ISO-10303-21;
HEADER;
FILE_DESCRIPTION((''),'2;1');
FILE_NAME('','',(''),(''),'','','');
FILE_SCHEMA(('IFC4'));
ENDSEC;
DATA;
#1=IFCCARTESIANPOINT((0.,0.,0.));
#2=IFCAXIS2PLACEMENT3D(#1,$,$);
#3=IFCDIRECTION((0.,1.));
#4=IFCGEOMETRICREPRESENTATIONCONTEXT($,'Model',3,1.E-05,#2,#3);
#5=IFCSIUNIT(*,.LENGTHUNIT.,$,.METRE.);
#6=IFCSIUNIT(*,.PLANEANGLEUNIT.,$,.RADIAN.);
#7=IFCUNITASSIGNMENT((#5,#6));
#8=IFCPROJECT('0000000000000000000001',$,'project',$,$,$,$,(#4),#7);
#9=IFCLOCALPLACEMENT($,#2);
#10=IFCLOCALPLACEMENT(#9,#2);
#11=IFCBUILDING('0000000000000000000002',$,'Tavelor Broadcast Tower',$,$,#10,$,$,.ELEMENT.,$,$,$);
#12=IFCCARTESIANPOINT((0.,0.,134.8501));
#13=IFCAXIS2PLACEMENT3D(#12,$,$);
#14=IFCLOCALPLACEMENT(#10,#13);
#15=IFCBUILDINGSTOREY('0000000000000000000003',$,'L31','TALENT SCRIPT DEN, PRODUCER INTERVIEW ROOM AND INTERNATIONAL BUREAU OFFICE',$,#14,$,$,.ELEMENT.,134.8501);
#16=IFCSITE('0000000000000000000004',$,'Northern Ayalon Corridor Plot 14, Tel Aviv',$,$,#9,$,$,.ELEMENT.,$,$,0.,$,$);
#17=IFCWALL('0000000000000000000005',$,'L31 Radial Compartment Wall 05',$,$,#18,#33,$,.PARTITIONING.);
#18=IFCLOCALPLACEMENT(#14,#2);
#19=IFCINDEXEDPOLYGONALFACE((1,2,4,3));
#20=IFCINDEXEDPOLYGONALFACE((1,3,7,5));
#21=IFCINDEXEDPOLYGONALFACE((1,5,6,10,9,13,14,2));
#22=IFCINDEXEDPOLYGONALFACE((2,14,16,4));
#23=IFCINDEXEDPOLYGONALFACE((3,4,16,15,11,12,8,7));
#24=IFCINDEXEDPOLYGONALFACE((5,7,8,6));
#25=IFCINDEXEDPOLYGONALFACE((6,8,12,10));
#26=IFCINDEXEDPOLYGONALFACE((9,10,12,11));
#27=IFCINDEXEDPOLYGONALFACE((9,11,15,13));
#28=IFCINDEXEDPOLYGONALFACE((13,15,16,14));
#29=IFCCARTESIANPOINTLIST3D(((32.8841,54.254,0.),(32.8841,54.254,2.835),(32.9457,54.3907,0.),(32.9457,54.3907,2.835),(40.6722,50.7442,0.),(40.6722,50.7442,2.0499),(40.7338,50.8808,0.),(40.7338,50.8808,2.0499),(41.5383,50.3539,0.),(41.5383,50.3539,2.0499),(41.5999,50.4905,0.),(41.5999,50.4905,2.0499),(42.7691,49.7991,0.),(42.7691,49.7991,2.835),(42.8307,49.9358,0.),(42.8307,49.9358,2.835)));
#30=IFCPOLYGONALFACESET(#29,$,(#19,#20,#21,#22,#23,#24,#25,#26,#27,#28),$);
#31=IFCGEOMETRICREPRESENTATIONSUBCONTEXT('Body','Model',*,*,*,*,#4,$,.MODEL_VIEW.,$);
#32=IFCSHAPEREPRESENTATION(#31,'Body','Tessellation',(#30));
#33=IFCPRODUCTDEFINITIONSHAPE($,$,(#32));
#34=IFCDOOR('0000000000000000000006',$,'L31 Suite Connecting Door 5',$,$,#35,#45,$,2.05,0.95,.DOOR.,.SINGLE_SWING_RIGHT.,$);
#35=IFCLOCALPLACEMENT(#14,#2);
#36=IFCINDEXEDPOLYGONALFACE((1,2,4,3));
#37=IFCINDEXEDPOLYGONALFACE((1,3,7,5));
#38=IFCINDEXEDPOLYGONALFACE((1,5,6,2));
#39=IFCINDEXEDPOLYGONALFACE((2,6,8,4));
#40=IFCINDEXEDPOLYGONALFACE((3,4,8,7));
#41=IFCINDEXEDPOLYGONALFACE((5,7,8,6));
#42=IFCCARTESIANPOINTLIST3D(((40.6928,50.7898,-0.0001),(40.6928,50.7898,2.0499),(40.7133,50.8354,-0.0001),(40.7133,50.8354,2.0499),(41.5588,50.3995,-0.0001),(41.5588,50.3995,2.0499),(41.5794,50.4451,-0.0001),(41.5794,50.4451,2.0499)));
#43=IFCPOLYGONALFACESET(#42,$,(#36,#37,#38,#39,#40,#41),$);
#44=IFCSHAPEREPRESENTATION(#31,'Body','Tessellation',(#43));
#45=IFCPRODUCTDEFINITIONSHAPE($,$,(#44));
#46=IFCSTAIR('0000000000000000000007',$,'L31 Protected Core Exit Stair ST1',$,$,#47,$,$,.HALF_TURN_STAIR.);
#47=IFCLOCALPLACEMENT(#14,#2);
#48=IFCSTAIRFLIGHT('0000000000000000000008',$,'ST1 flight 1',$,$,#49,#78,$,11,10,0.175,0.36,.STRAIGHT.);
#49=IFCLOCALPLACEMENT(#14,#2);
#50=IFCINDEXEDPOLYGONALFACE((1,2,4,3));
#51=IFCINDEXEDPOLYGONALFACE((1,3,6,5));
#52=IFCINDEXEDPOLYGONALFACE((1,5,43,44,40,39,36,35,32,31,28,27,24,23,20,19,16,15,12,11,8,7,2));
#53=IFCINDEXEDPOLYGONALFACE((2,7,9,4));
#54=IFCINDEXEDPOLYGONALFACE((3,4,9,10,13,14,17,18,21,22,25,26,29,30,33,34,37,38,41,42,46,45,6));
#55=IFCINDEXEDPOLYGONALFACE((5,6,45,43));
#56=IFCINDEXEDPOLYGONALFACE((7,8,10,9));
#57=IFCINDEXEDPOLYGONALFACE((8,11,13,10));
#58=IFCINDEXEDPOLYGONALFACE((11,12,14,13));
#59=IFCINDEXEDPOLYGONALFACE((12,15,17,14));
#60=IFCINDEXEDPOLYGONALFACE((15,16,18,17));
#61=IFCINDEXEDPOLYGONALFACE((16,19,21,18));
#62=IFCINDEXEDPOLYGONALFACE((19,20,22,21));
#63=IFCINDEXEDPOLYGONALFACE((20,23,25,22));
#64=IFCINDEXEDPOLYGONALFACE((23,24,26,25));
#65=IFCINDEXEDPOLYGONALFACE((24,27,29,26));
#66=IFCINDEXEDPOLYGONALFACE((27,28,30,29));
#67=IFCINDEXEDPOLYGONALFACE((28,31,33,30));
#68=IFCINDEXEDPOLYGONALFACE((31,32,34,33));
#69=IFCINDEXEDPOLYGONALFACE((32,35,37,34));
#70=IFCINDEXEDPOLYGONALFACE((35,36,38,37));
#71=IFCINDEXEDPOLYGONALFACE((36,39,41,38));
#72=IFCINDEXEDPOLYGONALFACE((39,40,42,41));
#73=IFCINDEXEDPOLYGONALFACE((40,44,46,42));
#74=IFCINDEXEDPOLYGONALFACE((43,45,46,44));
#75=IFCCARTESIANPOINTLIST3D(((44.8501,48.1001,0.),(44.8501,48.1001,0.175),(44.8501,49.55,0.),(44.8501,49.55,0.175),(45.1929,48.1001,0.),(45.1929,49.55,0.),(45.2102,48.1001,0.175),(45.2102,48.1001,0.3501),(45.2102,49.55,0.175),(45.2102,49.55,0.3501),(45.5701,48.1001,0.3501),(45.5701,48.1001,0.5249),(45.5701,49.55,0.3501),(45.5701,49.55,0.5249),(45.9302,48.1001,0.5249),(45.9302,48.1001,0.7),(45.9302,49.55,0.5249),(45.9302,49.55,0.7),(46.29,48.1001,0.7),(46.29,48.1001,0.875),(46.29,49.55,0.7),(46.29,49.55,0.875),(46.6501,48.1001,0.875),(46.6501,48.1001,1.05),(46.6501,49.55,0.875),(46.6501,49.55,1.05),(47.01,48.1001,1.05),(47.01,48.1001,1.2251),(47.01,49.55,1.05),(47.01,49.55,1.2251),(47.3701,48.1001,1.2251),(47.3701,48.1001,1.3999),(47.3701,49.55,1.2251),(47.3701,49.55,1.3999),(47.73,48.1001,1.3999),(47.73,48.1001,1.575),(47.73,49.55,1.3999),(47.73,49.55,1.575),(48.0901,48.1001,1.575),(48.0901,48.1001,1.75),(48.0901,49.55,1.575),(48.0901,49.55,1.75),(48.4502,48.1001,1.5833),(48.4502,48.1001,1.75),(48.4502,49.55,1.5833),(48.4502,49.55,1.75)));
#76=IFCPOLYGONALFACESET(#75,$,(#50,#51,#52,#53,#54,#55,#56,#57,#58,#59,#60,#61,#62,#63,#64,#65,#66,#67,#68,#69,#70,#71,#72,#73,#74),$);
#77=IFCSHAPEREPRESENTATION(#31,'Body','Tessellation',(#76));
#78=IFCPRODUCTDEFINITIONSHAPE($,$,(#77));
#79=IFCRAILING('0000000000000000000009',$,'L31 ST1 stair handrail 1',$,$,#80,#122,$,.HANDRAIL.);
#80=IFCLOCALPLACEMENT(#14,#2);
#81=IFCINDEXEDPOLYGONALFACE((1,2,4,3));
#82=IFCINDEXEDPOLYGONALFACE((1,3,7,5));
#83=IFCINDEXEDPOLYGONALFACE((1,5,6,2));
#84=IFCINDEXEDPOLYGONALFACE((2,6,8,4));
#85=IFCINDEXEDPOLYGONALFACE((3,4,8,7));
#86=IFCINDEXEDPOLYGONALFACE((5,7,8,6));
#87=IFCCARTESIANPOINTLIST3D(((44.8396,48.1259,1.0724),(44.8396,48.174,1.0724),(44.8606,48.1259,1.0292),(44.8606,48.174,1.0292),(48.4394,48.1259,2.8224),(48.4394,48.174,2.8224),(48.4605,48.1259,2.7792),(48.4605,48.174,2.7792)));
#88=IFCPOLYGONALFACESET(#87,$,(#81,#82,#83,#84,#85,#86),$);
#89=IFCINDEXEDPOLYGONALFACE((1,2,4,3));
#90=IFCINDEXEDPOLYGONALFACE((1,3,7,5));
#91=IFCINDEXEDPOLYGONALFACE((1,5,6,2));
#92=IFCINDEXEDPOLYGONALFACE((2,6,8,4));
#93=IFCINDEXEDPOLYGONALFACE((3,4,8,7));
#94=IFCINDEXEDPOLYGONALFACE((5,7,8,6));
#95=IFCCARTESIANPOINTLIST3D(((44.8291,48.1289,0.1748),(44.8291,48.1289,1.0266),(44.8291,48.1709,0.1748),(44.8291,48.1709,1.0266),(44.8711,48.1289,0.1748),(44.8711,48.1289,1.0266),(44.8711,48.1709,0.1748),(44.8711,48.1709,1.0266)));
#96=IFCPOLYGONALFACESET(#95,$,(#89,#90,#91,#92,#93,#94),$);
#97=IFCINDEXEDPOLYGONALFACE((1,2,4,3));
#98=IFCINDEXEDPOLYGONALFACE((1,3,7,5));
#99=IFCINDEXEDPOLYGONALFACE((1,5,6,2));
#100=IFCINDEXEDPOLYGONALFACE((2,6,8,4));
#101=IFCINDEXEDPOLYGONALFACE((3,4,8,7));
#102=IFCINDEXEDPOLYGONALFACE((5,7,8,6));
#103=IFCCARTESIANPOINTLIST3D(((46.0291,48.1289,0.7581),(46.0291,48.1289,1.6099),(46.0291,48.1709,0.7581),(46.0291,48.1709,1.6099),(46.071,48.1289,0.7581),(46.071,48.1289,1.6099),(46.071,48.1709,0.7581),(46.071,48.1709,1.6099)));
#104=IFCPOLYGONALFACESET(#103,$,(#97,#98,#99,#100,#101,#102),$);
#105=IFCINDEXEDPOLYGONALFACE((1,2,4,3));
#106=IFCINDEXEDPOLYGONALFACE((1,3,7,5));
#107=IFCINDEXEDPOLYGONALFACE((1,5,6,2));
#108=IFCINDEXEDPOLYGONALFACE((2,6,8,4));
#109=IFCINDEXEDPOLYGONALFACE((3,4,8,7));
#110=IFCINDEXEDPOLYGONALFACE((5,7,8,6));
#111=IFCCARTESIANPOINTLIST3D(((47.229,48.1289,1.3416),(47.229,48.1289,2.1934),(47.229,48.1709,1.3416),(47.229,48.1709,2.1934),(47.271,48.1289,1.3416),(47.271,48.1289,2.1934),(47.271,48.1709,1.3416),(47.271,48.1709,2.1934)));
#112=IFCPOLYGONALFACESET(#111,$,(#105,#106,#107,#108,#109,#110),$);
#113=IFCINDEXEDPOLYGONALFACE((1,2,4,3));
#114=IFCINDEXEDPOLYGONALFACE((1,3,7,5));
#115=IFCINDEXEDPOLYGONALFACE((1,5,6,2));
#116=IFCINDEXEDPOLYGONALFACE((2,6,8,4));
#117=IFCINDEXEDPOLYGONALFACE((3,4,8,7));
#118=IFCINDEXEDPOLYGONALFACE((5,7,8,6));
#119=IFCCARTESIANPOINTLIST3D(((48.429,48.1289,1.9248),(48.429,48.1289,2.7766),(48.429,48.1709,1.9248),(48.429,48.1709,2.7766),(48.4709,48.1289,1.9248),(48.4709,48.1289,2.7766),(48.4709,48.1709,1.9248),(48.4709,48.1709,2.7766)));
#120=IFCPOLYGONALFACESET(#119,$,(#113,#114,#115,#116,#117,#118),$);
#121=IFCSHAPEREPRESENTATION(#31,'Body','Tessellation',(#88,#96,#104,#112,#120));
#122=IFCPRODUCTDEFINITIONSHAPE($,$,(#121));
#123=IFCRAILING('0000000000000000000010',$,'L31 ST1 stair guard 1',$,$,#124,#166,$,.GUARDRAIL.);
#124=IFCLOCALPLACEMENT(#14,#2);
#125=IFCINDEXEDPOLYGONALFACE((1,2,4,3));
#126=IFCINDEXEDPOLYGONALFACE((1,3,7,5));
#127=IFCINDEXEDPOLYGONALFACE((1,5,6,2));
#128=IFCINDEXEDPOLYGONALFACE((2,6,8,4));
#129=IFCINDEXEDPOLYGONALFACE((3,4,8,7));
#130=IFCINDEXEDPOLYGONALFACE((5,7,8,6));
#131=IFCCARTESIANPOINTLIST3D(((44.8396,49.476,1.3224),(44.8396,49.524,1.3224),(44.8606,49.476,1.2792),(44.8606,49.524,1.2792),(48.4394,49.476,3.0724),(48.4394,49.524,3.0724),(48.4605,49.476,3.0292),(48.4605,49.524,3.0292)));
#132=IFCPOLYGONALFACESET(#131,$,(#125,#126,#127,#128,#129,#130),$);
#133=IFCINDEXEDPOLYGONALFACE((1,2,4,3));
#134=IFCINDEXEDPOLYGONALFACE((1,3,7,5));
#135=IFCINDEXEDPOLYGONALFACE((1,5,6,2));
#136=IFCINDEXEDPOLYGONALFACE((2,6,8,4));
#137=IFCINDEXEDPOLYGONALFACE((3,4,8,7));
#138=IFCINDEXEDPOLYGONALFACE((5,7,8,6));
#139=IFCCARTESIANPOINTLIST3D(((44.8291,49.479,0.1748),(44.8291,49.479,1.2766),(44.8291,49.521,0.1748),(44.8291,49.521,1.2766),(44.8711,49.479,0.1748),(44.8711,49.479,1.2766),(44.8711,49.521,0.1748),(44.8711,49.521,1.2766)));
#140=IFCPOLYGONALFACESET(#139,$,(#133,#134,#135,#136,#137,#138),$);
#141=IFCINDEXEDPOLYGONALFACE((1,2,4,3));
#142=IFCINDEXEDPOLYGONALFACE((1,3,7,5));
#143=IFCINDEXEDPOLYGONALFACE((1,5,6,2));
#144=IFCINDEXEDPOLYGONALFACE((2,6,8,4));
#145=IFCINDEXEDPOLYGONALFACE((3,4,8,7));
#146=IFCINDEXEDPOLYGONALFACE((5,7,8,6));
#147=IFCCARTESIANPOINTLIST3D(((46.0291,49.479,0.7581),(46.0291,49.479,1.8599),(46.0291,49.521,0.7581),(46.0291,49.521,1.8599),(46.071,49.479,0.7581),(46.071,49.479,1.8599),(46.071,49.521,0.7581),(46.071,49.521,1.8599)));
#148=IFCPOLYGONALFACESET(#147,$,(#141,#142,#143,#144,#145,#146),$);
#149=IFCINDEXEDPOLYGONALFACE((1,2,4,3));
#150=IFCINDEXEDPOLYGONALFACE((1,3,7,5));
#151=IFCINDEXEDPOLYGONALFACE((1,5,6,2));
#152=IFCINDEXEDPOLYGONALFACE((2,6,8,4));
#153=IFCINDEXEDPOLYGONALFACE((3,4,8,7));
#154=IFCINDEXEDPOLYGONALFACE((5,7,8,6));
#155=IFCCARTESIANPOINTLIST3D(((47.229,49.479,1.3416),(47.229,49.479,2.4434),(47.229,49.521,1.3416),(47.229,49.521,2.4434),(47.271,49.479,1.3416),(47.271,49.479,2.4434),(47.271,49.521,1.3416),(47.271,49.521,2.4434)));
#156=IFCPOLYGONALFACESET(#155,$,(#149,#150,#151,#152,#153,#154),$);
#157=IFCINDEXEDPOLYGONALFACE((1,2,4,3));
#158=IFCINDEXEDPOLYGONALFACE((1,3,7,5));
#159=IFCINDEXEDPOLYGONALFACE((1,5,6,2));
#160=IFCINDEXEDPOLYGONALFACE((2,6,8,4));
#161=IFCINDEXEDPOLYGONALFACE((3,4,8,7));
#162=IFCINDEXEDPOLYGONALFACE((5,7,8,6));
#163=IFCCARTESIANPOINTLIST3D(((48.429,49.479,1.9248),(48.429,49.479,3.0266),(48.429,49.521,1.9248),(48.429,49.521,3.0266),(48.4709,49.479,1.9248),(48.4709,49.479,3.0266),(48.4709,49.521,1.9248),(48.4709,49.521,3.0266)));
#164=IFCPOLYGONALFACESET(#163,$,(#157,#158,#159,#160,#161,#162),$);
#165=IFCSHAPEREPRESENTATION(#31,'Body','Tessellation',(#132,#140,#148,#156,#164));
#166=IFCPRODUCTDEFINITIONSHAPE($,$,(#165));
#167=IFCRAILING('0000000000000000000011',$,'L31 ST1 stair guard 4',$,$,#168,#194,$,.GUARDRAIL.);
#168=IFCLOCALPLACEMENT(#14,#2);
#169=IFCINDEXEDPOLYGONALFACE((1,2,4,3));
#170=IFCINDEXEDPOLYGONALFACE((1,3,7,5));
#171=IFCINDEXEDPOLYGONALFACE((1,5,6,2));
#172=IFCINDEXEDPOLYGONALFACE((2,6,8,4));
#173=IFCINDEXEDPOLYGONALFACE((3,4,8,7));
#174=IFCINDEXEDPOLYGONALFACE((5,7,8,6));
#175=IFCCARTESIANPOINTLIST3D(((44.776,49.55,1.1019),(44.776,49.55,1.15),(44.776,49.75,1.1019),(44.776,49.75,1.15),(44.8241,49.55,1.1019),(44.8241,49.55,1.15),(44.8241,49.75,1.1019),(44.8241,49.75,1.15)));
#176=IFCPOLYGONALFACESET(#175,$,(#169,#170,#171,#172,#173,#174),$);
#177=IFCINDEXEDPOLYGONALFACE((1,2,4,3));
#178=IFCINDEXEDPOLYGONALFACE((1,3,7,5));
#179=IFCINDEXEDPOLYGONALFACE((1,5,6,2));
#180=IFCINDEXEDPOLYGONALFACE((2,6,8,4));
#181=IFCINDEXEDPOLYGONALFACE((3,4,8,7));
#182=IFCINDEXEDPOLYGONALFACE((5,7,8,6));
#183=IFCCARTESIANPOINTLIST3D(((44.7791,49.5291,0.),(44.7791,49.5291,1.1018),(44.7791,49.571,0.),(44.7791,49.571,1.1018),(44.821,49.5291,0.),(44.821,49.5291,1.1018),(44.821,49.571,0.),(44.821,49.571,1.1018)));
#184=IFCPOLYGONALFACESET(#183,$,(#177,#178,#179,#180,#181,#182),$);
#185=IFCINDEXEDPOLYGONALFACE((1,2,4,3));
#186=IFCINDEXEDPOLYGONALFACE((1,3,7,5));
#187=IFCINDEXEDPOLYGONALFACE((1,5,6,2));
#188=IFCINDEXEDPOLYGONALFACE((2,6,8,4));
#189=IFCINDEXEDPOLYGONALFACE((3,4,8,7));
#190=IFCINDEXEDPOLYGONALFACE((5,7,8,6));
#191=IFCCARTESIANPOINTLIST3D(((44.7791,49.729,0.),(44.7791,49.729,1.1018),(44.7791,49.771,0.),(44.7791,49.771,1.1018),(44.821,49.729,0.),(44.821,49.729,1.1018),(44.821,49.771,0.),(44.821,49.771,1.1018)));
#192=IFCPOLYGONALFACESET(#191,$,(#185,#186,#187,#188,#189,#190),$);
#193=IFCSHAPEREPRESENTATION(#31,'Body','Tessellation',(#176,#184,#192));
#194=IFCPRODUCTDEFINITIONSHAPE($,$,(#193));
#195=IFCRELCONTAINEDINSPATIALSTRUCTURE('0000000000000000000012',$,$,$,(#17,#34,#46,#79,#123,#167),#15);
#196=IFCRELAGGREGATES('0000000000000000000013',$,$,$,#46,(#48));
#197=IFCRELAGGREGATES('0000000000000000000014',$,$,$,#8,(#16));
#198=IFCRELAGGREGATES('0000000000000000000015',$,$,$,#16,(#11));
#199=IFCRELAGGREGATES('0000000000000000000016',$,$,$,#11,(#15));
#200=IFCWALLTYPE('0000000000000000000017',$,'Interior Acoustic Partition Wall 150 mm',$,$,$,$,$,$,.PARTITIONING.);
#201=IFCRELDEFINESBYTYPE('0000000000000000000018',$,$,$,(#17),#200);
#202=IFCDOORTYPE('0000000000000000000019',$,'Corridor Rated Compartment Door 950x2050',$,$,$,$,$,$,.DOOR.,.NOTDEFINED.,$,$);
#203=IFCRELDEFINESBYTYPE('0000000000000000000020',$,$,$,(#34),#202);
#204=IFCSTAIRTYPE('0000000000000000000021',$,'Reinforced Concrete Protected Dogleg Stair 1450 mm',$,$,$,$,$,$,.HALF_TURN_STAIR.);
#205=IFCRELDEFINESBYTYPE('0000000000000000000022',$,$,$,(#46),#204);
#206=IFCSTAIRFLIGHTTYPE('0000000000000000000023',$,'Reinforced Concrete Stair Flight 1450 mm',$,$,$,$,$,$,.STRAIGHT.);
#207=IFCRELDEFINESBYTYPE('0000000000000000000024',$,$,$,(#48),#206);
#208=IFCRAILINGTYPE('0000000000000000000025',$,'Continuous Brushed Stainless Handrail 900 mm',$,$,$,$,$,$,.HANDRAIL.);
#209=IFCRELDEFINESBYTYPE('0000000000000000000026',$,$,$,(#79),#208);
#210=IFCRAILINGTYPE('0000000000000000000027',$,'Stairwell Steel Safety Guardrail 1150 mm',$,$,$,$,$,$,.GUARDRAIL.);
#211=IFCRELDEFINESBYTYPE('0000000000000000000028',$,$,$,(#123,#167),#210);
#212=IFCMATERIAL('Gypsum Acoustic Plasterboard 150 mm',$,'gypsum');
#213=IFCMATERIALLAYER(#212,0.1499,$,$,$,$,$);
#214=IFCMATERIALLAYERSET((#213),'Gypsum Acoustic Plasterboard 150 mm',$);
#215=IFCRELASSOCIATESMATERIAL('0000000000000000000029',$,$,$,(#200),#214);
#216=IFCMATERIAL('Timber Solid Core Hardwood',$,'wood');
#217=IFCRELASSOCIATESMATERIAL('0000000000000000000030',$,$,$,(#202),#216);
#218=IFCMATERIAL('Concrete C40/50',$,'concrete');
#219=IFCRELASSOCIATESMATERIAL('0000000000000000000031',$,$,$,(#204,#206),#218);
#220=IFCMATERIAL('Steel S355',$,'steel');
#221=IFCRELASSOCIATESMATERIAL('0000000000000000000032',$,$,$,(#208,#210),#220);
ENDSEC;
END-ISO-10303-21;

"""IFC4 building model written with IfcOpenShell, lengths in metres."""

from ifc_helpers import new_model, si_unit, direction, frame, frame_2d, origin, origin_2d, place, context, subcontext, project, spatial, polyline, rectangle, outline, extrude, material, layer, layer_set, type_object, element, fill, aggregate, save


model = new_model("IFC4")

# Units and contexts
model_context = context("Model", 3, precision=1e-05, world=origin(), true_north=direction((0.0, 1.0)))
body_context = subcontext(model_context, "Body", "Model", "MODEL_VIEW")
ifc_project = project(units=[si_unit("LENGTHUNIT", "METRE"), si_unit("PLANEANGLEUNIT", "RADIAN")], contexts=[model_context])

# Site, building, storey
site_placement = place(None, origin())
site = spatial("IfcSite", under=ifc_project, at=site_placement, Name="Northern Ayalon Corridor Plot 14, Tel Aviv", CompositionType="ELEMENT", RefElevation=0.0)
building_placement = place(site_placement, origin())
building = spatial("IfcBuilding", under=site, at=building_placement, Name="Tavelor Broadcast Tower", CompositionType="ELEMENT")
storey_placement = place(building_placement, frame((0.0, 0.0, 134.8501)))
storey = spatial("IfcBuildingStorey", under=building, at=storey_placement, Name="L31", Description="TALENT SCRIPT DEN, PRODUCER INTERVIEW ROOM AND INTERNATIONAL BUREAU OFFICE", CompositionType="ELEMENT", Elevation=134.8501)

# Shared definitions
ifc_material_1 = material(Name="Steel S355", Category="steel")

# Shared definitions
ifc_material_2 = material(Name="Gypsum Acoustic Plasterboard 150 mm", Category="gypsum")
ifc_layer_1 = layer(ifc_material_2, 0.1499)
ifc_layer_set_1 = layer_set([ifc_layer_1], Name="Gypsum Acoustic Plasterboard 150 mm")
wall_type_1 = type_object("IfcWallType", Name="Interior Acoustic Partition Wall 150 mm", PredefinedType="PARTITIONING", material=ifc_layer_set_1)

# Wall, opening, door
wall_1_placement = place(storey_placement, frame((42.8, 49.8674, 0.0), z_axis=(0.0, 0.0, 1.0), x_axis=(-0.911694, 0.410869, 0.0)))
wall_1 = element("IfcWall", 1, at=wall_1_placement, inside=storey, type_object=wall_type_1, Name="L31 Radial Compartment Wall 05", PredefinedType="PARTITIONING", context=body_context, shape_type="SweptSolid", body=[
    extrude(rectangle(XDim=10.8425, YDim=0.1499, at=frame_2d((5.4214, 0.0))), origin(), (0.0, 0.0, 1.0), 2.835),
])
opening_1_placement = place(wall_1_placement, frame((1.3501, 0.0, 0.0)))
opening_1 = element("IfcOpeningElement", 2, at=opening_1_placement, cuts=wall_1, PredefinedType="OPENING", context=body_context, shape_type="SweptSolid", body=[
    extrude(rectangle(XDim=0.95, YDim=2.05, at=frame_2d((0.4751, 1.0249))), frame((0.0, 0.085, 0.0), z_axis=(0.0, -1.0, 0.0), x_axis=(1.0, 0.0, 0.0)), (0.0, 0.0, 1.0), 0.1699),
])
ifc_material_3 = material(Name="Timber Solid Core Hardwood", Category="wood")
door_type_1 = type_object("IfcDoorType", Name="Corridor Rated Compartment Door 950x2050", OperationType="NOTDEFINED", PredefinedType="DOOR", material=ifc_material_3)
door_1_placement = place(opening_1_placement, origin())
door_1 = element("IfcDoor", 3, at=door_1_placement, inside=storey, type_object=door_type_1, Name="L31 Suite Connecting Door 5", OperationType="SINGLE_SWING_RIGHT", OverallHeight=2.05, OverallWidth=0.95, PredefinedType="DOOR", context=body_context, shape_type="SweptSolid", body=[
    extrude(rectangle(XDim=0.95, YDim=2.05, at=frame_2d((0.4751, 1.0249))), frame((0.0, 0.0249, 0.0), z_axis=(0.0, -1.0, 0.0), x_axis=(1.0, 0.0, 0.0)), (0.0, 0.0, 1.0), 0.05),
])
fill(opening_1, door_1)

# Stair, stair flight
ifc_material_4 = material(Name="Concrete C40/50", Category="concrete")
stair_type = type_object("IfcStairType", Name="Reinforced Concrete Protected Dogleg Stair 1450 mm", PredefinedType="HALF_TURN_STAIR", material=ifc_material_4)
stair_placement = place(storey_placement, origin())
stair = element("IfcStair", 4, at=stair_placement, inside=storey, type_object=stair_type, Name="L31 Protected Core Exit Stair ST1", PredefinedType="HALF_TURN_STAIR")
stair_flight_type = type_object("IfcStairFlightType", Name="Reinforced Concrete Stair Flight 1450 mm", PredefinedType="STRAIGHT", material=ifc_material_4)
stair_flight_placement = place(storey_placement, frame((44.8501, 48.825, 0.0), z_axis=(0.0, 0.0, 1.0), x_axis=(1.0, 0.0, 0.0)))
stair_flight = element("IfcStairFlight", 5, at=stair_flight_placement, type_object=stair_flight_type, Name="ST1 flight 1", NumberOfRisers=11, NumberOfTreads=10, PredefinedType="STRAIGHT", RiserHeight=0.175, TreadLength=0.36, context=body_context, shape_type="SweptSolid", body=[
    extrude(outline(polyline([(0.0, 0.0), (0.0, 0.175), (0.3601, 0.175), (0.3601, 0.3501), (0.72, 0.3501), (0.72, 0.5249), (1.0801, 0.5249), (1.0801, 0.7), (1.4399, 0.7), (1.4399, 0.875), (1.8, 0.875), (1.8, 1.05), (2.1599, 1.05), (2.1599, 1.2251), (2.52, 1.2251), (2.52, 1.3999), (2.8799, 1.3999), (2.8799, 1.575), (3.24, 1.575), (3.24, 1.75), (3.6001, 1.75), (3.6001, 1.925), (3.6001, 1.5833), (0.3428, 0.0), (0.0, 0.0)])), frame((0.0, 0.7251, 0.0), z_axis=(0.0, -1.0, 0.0), x_axis=(1.0, 0.0, 0.0)), (0.0, 0.0, 1.0), 1.45),
])
aggregate(stair, [stair_flight])

# Railings
railing_type_1 = type_object("IfcRailingType", Name="Continuous Brushed Stainless Handrail 900 mm", PredefinedType="HANDRAIL", material=ifc_material_1)
railing_1_placement = place(storey_placement, frame((44.8501, 48.1499, 0.1748)))
element("IfcRailing", 6, at=railing_1_placement, inside=storey, type_object=railing_type_1, Name="L31 ST1 stair handrail 1", PredefinedType="HANDRAIL", context=body_context, shape_type="SweptSolid", body=[
    extrude(rectangle(XDim=0.0481, YDim=0.0481, at=origin_2d()), frame((0.0, 0.0, 0.876), z_axis=(0.899361, 0.0, 0.437207), x_axis=(0.0, 1.0, 0.0)), (0.0, 0.0, 1.0), 4.0027),
    extrude(rectangle(XDim=0.042, YDim=0.042, at=origin_2d()), origin(), (0.0, 0.0, 1.0), 0.8518),
    extrude(rectangle(XDim=0.042, YDim=0.042, at=origin_2d()), frame((1.2, 0.0, 0.5833)), (0.0, 0.0, 1.0), 0.8518),
    extrude(rectangle(XDim=0.042, YDim=0.042, at=origin_2d()), frame((2.3999, 0.0, 1.1667)), (0.0, 0.0, 1.0), 0.8518),
    extrude(rectangle(XDim=0.042, YDim=0.042, at=origin_2d()), frame((3.5999, 0.0, 1.75)), (0.0, 0.0, 1.0), 0.8518),
])
railing_type_2 = type_object("IfcRailingType", Name="Stairwell Steel Safety Guardrail 1150 mm", PredefinedType="GUARDRAIL", material=ifc_material_1)
railing_2_placement = place(storey_placement, frame((44.8501, 49.5, 0.1748)))
element("IfcRailing", 7, at=railing_2_placement, inside=storey, type_object=railing_type_2, Name="L31 ST1 stair guard 1", PredefinedType="GUARDRAIL", context=body_context, shape_type="SweptSolid", body=[
    extrude(rectangle(XDim=0.0481, YDim=0.0481, at=origin_2d()), frame((0.0, 0.0, 1.126), z_axis=(0.899361, 0.0, 0.437207), x_axis=(0.0, 1.0, 0.0)), (0.0, 0.0, 1.0), 4.0027),
    extrude(rectangle(XDim=0.042, YDim=0.042, at=origin_2d()), origin(), (0.0, 0.0, 1.0), 1.1018),
    extrude(rectangle(XDim=0.042, YDim=0.042, at=origin_2d()), frame((1.2, 0.0, 0.5833)), (0.0, 0.0, 1.0), 1.1018),
    extrude(rectangle(XDim=0.042, YDim=0.042, at=origin_2d()), frame((2.3999, 0.0, 1.1667)), (0.0, 0.0, 1.0), 1.1018),
    extrude(rectangle(XDim=0.042, YDim=0.042, at=origin_2d()), frame((3.5999, 0.0, 1.75)), (0.0, 0.0, 1.0), 1.1018),
])
railing_3_placement = place(storey_placement, frame((44.8, 49.55, 0.0)))
element("IfcRailing", 8, at=railing_3_placement, inside=storey, type_object=railing_type_2, Name="L31 ST1 stair guard 4", PredefinedType="GUARDRAIL", context=body_context, shape_type="SweptSolid", body=[
    extrude(rectangle(XDim=0.0481, YDim=0.0481, at=origin_2d()), frame((0.0, 0.0, 1.126), z_axis=(0.0, 1.0, 0.0), x_axis=(-1.0, 0.0, 0.0)), (0.0, 0.0, 1.0), 0.2),
    extrude(rectangle(XDim=0.042, YDim=0.042, at=origin_2d()), origin(), (0.0, 0.0, 1.0), 1.1018),
    extrude(rectangle(XDim=0.042, YDim=0.042, at=origin_2d()), frame((0.0, 0.2, 0.0)), (0.0, 0.0, 1.0), 1.1018),
])

save(model, "model.ifc")
